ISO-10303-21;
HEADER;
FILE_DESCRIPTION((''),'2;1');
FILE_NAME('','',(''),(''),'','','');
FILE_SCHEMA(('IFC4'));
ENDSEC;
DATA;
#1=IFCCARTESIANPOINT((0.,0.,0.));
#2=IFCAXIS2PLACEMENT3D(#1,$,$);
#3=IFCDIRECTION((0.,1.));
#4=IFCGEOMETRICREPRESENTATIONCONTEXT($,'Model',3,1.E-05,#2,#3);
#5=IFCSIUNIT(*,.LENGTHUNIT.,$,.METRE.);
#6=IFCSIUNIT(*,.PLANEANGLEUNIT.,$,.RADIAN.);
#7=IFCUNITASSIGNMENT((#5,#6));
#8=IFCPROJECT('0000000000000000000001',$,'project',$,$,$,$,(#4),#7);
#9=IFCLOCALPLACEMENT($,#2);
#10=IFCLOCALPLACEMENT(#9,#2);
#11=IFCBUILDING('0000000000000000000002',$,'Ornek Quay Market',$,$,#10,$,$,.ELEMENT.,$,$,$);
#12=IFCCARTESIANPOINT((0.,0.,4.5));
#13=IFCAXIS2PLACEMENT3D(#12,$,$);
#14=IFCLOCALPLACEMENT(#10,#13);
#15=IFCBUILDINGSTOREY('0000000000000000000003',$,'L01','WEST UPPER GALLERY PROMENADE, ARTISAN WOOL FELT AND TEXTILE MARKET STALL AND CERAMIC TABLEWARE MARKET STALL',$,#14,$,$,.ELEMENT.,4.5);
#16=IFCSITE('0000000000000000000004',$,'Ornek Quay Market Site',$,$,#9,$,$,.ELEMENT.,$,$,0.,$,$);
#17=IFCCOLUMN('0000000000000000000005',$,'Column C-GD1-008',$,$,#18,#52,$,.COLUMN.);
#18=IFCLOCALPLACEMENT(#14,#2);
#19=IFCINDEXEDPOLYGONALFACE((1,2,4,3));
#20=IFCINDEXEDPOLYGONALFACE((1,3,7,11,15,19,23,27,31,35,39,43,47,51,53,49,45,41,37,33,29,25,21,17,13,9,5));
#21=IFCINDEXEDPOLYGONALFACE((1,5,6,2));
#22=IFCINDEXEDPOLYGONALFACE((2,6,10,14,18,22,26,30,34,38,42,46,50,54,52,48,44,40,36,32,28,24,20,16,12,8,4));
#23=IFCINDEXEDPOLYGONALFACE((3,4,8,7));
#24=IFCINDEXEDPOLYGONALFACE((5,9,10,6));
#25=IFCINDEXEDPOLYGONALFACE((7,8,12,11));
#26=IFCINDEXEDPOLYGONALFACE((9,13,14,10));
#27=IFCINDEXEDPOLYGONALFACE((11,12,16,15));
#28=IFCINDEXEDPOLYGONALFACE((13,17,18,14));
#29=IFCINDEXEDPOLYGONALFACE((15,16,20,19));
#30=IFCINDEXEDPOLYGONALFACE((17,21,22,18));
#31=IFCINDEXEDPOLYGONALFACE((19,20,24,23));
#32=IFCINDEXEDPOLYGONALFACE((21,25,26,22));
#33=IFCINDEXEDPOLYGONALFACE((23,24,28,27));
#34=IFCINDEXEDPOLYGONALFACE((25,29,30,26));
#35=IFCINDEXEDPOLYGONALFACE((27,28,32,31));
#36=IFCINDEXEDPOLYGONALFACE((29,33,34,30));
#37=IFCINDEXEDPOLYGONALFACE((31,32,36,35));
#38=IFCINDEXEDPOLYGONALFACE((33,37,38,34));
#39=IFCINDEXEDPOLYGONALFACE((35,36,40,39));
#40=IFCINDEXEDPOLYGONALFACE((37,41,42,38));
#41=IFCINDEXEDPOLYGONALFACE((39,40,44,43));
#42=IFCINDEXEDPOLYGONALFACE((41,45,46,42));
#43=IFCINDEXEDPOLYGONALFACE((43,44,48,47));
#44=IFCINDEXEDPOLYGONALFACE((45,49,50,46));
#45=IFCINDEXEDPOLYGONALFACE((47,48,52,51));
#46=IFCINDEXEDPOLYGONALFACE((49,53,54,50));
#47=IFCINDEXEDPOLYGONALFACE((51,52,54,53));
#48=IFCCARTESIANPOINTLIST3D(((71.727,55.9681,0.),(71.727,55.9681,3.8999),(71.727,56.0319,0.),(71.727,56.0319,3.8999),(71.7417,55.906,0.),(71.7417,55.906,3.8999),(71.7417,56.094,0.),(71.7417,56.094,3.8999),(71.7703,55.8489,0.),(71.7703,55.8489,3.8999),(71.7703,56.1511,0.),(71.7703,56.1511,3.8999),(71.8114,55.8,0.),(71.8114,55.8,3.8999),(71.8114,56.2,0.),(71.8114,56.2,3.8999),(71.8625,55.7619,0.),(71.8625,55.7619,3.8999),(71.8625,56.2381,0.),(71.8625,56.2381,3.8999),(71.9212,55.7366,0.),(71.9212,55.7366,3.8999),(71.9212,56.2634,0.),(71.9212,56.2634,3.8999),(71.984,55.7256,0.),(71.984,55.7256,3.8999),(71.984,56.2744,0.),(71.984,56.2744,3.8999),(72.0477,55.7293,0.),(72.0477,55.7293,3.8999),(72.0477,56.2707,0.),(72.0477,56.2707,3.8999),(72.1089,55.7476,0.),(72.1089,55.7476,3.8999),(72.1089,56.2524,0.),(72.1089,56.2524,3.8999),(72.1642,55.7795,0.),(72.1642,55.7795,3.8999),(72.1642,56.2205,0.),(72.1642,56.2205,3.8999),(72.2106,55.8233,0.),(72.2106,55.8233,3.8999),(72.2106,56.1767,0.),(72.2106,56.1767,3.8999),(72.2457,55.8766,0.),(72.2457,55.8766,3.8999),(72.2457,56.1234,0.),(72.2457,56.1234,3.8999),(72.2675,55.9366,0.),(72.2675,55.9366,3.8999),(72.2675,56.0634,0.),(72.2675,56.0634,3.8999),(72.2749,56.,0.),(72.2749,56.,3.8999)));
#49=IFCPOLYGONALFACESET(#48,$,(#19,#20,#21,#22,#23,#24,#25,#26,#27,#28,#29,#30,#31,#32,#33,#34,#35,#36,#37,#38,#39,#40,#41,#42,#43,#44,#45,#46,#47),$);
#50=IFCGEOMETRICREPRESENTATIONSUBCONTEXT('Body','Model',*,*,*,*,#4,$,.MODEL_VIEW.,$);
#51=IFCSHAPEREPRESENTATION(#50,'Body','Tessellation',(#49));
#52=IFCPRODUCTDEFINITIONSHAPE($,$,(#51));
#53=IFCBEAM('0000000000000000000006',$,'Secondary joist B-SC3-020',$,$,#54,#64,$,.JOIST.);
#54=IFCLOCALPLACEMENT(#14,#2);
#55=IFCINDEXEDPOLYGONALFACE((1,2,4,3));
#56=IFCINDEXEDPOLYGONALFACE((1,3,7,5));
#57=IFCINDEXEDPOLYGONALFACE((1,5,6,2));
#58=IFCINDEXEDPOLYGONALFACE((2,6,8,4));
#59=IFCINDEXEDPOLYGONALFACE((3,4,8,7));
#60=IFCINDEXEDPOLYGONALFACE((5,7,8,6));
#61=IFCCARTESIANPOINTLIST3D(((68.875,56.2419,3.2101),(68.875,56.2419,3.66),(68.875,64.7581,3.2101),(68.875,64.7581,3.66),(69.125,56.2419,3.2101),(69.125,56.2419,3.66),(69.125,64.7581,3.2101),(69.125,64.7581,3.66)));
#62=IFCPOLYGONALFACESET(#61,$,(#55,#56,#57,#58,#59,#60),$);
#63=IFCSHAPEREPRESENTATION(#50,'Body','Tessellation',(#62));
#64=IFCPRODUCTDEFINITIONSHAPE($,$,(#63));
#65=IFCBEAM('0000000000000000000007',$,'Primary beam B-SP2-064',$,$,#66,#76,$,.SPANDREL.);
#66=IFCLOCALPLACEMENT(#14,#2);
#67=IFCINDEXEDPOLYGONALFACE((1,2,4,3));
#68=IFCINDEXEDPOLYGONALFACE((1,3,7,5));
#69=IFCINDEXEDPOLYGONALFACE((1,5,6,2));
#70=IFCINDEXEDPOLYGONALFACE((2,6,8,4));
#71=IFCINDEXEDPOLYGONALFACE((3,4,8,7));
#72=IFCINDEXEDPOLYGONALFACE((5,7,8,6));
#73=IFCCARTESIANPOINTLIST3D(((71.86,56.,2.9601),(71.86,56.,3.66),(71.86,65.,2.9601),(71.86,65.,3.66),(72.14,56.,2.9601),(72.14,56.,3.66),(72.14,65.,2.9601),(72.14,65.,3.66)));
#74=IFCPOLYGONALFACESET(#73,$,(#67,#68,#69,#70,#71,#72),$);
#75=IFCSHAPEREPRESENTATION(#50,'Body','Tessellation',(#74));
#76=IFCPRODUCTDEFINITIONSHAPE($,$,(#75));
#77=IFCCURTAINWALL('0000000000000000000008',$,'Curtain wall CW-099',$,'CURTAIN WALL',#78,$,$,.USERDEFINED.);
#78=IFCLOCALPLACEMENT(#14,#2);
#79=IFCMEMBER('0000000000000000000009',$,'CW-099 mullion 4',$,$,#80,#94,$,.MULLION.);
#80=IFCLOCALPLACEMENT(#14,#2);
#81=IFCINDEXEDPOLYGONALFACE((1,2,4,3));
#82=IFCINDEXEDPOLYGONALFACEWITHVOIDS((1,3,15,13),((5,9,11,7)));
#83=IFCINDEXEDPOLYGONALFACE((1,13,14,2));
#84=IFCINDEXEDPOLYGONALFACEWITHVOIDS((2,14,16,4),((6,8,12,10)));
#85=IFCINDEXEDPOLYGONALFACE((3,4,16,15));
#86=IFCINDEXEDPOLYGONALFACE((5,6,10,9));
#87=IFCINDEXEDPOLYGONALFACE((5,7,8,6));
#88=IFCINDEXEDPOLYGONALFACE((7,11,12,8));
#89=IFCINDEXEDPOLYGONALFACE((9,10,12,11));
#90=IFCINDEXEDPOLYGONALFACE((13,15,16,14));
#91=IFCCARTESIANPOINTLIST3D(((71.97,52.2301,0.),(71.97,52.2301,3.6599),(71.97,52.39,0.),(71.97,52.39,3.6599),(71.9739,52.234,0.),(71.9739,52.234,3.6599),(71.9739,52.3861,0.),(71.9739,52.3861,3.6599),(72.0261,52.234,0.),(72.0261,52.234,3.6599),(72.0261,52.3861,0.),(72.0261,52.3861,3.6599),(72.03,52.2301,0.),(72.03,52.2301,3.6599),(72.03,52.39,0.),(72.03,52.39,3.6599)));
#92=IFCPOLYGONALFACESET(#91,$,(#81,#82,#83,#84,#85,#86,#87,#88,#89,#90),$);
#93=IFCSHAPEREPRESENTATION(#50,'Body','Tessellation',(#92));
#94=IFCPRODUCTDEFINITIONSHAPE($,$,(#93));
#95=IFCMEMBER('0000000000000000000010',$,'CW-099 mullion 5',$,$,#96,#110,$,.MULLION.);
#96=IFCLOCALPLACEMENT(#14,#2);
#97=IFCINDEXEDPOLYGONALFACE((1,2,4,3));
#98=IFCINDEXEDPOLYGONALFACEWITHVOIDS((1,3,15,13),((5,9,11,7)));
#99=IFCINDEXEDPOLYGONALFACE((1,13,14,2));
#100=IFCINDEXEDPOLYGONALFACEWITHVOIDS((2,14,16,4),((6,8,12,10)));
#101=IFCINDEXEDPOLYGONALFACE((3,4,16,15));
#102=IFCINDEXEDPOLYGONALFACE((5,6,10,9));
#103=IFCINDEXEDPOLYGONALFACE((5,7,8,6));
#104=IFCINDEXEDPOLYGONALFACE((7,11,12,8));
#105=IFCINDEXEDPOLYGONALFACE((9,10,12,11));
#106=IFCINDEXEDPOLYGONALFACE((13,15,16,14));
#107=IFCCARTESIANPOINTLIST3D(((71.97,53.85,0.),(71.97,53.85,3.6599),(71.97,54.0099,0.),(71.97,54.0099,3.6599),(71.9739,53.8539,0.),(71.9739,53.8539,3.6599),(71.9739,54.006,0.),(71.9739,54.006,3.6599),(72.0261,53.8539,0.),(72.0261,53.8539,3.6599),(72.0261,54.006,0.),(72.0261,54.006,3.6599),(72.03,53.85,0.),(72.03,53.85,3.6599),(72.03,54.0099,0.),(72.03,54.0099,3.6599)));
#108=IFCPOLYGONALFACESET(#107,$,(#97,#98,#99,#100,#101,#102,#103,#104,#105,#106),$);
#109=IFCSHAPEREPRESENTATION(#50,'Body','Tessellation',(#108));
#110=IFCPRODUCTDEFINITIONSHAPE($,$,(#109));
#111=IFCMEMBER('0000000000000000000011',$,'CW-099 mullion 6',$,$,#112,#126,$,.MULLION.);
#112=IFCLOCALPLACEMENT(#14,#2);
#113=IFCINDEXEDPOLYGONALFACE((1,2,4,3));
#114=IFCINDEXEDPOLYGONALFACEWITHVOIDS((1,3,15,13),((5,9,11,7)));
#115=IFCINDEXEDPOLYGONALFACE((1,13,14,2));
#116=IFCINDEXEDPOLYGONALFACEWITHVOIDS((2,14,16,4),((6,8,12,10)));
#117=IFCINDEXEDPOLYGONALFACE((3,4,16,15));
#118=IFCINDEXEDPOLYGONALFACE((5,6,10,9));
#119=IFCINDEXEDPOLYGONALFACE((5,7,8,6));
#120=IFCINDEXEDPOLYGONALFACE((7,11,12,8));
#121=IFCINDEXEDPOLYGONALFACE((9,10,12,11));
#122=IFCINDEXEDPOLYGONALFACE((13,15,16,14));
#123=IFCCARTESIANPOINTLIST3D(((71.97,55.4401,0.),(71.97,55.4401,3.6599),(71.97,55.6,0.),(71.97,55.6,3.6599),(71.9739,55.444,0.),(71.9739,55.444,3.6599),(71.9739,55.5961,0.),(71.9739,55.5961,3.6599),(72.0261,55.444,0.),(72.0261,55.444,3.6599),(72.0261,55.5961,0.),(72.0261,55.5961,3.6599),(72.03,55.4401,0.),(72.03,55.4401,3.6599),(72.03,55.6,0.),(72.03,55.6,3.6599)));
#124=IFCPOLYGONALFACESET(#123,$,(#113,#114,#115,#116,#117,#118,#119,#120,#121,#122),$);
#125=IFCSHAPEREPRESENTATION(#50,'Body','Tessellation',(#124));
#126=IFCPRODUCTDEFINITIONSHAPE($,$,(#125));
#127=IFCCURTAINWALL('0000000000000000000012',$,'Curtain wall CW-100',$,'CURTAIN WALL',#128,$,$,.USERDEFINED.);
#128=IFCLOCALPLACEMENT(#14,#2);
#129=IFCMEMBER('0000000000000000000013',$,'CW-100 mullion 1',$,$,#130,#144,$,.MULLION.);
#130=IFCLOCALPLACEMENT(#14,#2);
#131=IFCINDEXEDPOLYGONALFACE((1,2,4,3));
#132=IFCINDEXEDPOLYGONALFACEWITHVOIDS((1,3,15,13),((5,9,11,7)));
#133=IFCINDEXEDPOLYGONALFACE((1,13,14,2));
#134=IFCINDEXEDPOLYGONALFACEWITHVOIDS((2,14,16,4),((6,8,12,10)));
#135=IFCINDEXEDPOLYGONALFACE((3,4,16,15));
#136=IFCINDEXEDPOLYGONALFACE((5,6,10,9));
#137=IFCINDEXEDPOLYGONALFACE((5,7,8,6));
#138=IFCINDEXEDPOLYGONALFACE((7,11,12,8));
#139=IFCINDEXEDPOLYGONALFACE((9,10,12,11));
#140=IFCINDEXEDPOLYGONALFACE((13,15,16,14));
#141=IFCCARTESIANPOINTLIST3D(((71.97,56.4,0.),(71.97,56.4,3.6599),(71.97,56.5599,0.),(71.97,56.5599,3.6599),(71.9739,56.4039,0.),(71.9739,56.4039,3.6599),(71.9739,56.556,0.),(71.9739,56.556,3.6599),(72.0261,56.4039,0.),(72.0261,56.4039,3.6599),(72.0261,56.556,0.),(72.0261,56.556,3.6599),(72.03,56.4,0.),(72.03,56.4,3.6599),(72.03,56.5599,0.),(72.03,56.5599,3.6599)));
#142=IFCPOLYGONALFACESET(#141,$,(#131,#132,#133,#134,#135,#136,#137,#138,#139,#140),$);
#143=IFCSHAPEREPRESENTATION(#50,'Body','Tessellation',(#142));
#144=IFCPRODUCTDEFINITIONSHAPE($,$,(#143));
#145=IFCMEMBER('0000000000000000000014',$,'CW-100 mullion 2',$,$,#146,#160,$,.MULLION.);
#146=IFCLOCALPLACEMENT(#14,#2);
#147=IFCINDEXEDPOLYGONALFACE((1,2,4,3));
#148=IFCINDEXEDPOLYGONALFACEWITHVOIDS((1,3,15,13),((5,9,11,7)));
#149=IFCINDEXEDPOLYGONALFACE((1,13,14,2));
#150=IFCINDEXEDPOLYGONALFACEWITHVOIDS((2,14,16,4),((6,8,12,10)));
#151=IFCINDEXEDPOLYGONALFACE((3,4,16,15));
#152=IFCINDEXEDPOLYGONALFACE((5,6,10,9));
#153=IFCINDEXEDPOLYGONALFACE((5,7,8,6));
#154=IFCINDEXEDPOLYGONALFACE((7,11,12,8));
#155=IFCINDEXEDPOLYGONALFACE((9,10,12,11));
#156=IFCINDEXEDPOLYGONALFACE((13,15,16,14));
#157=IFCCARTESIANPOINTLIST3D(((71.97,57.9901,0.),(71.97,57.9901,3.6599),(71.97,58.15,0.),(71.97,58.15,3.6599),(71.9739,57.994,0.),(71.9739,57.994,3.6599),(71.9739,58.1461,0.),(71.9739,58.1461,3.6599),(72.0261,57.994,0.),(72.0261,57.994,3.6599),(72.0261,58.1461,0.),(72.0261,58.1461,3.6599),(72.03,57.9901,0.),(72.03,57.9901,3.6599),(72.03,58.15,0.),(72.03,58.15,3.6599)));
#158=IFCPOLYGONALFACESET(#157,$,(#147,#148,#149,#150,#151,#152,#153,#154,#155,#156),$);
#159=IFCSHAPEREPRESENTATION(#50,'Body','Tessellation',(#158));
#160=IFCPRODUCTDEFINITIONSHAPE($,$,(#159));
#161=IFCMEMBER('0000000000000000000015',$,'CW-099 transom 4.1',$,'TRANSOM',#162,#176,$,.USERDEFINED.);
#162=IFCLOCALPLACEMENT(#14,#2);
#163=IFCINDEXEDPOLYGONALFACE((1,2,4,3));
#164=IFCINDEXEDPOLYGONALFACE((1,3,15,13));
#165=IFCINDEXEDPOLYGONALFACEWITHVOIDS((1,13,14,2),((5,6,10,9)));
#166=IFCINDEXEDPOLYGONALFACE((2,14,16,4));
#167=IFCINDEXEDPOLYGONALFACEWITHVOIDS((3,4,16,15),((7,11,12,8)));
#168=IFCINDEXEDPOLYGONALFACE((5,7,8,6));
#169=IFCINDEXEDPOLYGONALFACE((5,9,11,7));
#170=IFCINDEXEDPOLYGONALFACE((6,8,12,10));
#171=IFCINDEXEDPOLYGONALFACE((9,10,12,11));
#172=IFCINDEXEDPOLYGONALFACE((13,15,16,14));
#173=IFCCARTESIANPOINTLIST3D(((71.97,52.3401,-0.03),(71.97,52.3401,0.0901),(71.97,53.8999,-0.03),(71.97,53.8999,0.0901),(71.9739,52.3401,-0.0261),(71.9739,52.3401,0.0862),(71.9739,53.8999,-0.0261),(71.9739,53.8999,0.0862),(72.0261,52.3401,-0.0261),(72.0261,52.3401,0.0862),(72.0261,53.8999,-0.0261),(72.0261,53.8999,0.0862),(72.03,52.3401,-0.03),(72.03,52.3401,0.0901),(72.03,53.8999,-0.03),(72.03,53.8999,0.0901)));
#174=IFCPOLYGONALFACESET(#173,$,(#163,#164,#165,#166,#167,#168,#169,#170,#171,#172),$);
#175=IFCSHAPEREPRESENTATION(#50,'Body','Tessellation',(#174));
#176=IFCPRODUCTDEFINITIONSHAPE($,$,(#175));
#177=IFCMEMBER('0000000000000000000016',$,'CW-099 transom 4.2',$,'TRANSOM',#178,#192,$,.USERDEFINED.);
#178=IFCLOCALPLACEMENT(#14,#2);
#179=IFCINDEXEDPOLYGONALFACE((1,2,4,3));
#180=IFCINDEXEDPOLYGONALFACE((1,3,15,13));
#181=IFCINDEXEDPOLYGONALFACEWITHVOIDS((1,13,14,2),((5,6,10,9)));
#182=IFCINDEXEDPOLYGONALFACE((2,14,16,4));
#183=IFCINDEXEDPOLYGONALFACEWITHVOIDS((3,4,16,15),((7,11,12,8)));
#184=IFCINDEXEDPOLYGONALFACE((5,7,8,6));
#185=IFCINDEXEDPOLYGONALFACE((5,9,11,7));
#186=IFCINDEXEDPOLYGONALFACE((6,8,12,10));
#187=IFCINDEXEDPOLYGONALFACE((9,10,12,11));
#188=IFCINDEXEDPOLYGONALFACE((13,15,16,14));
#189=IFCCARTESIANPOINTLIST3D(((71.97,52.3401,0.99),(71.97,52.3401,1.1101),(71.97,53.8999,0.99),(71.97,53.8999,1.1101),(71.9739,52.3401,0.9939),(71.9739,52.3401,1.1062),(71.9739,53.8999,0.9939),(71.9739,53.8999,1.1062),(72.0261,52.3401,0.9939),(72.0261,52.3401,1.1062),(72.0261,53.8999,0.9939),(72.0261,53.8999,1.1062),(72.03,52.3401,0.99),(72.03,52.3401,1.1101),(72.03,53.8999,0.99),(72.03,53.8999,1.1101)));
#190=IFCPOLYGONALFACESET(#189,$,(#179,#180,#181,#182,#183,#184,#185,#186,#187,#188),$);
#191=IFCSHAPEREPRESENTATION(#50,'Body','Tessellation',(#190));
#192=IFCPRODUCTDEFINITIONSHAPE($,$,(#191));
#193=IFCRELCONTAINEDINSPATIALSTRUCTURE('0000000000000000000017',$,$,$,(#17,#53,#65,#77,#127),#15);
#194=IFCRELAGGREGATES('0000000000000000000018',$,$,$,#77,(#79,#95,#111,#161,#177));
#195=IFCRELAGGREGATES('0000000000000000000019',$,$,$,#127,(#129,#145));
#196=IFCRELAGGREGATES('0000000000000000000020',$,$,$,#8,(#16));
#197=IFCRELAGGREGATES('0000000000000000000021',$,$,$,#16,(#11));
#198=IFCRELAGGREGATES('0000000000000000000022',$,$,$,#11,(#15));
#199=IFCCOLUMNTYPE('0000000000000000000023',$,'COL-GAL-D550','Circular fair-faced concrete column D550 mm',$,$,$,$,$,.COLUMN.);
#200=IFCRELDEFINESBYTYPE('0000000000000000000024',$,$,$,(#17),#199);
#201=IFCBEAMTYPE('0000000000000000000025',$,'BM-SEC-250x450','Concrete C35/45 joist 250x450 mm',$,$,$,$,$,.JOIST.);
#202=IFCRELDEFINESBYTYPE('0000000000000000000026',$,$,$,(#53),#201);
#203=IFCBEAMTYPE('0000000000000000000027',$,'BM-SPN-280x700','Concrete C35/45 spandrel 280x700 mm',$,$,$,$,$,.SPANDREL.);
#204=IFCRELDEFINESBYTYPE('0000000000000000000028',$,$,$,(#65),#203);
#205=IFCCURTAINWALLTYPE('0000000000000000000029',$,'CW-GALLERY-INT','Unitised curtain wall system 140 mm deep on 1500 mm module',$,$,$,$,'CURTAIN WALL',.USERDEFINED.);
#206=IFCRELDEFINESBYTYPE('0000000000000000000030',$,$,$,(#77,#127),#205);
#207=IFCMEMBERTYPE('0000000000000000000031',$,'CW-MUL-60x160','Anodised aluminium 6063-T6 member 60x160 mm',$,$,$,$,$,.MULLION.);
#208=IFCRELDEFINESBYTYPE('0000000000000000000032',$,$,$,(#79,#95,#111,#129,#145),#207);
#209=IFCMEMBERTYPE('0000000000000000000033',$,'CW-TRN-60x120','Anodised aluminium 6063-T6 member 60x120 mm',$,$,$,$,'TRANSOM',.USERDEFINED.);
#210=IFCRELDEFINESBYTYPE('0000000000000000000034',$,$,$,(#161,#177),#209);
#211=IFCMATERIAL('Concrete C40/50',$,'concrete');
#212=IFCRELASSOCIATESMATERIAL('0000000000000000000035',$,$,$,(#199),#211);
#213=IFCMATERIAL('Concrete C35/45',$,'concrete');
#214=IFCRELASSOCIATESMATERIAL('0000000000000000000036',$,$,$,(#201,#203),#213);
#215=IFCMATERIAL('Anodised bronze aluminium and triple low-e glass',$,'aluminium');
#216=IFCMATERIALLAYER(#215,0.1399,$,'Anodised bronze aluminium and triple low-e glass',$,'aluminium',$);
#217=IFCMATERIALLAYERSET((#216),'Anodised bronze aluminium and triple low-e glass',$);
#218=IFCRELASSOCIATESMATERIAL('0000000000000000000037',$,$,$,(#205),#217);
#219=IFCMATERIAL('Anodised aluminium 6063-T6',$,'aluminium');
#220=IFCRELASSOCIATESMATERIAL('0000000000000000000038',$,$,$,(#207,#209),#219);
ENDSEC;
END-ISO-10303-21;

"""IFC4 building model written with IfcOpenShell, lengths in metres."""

from ifc_helpers import new_model, si_unit, direction, frame, origin, origin_2d, place, context, subcontext, project, spatial, rectangle, hollow_rectangle, circle, extrude, material, layer, layer_set, material_profile, profile_set, type_object, element, aggregate, save


model = new_model("IFC4")

# Units and contexts
model_context = context("Model", 3, precision=1e-05, world=origin(), true_north=direction((0.0, 1.0)))
body_context = subcontext(model_context, "Body", "Model", "MODEL_VIEW")
ifc_project = project(units=[si_unit("LENGTHUNIT", "METRE"), si_unit("PLANEANGLEUNIT", "RADIAN")], contexts=[model_context])

# Site, building, storey
site_placement = place(None, origin())
site = spatial("IfcSite", under=ifc_project, at=site_placement, Name="Ornek Quay Market Site", CompositionType="ELEMENT", RefElevation=0.0)
building_placement = place(site_placement, origin())
building = spatial("IfcBuilding", under=site, at=building_placement, Name="Ornek Quay Market", CompositionType="ELEMENT")
storey_placement = place(building_placement, frame((0.0, 0.0, 4.5)))
storey = spatial("IfcBuildingStorey", under=building, at=storey_placement, Name="L01", Description="WEST UPPER GALLERY PROMENADE, ARTISAN WOOL FELT AND TEXTILE MARKET STALL AND CERAMIC TABLEWARE MARKET STALL", CompositionType="ELEMENT", Elevation=4.5)

# Column
ifc_material_1 = material(Name="Concrete C40/50", Category="concrete")
ifc_material_profile_1 = material_profile(ifc_material_1, circle(Radius=0.2749, at=origin_2d()), Name="RC D550", Category="concrete")
ifc_profile_set_1 = profile_set([ifc_material_profile_1], Name="Concrete C40/50")
column_type = type_object("IfcColumnType", Name="COL-GAL-D550", Description="Circular fair-faced concrete column D550 mm", PredefinedType="COLUMN", material=ifc_profile_set_1)
column_placement = place(storey_placement, frame((72.0, 56.0, 0.0), z_axis=(0.0, 0.0, 1.0), x_axis=(1.0, 0.0, 0.0)))
element("IfcColumn", 1, at=column_placement, inside=storey, type_object=column_type, Name="Column C-GD1-008", PredefinedType="COLUMN", context=body_context, shape_type="SweptSolid", body=[
    extrude(circle(Radius=0.2749, at=origin_2d()), origin(), (0.0, 0.0, 1.0), 3.8999),
])

# Beams
ifc_material_2 = material(Name="Concrete C35/45", Category="concrete")
ifc_material_profile_2 = material_profile(ifc_material_2, rectangle(XDim=0.25, YDim=0.45, at=origin_2d()), Name="RC 250x450", Category="concrete")
ifc_profile_set_2 = profile_set([ifc_material_profile_2], Name="Concrete C35/45")
beam_type_1 = type_object("IfcBeamType", Name="BM-SEC-250x450", Description="Concrete C35/45 joist 250x450 mm", PredefinedType="JOIST", material=ifc_profile_set_2)
beam_1_placement = place(storey_placement, frame((69.0, 56.2419, 3.4351), z_axis=(0.0, 1.0, 0.0), x_axis=(-1.0, 0.0, 0.0)))
element("IfcBeam", 2, at=beam_1_placement, inside=storey, type_object=beam_type_1, Name="Secondary joist B-SC3-020", PredefinedType="JOIST", context=body_context, shape_type="SweptSolid", body=[
    extrude(rectangle(XDim=0.25, YDim=0.45, at=origin_2d()), origin(), (0.0, 0.0, 1.0), 8.5161),
])
ifc_material_profile_3 = material_profile(ifc_material_2, rectangle(XDim=0.28, YDim=0.7, at=origin_2d()), Name="RC 280x700", Category="concrete")
ifc_profile_set_3 = profile_set([ifc_material_profile_3], Name="Concrete C35/45")
beam_type_2 = type_object("IfcBeamType", Name="BM-SPN-280x700", Description="Concrete C35/45 spandrel 280x700 mm", PredefinedType="SPANDREL", material=ifc_profile_set_3)
beam_2_placement = place(storey_placement, frame((72.0, 56.0, 3.3101), z_axis=(0.0, 1.0, 0.0), x_axis=(-1.0, 0.0, 0.0)))
element("IfcBeam", 3, at=beam_2_placement, inside=storey, type_object=beam_type_2, Name="Primary beam B-SP2-064", PredefinedType="SPANDREL", context=body_context, shape_type="SweptSolid", body=[
    extrude(rectangle(XDim=0.28, YDim=0.7, at=origin_2d()), origin(), (0.0, 0.0, 1.0), 9.0),
])

# Curtain walls, members
ifc_material_3 = material(Name="Anodised bronze aluminium and triple low-e glass", Category="aluminium")
ifc_layer_1 = layer(ifc_material_3, 0.1399, Name="Anodised bronze aluminium and triple low-e glass", Category="aluminium")
ifc_layer_set_1 = layer_set([ifc_layer_1], Name="Anodised bronze aluminium and triple low-e glass")
curtain_wall_type = type_object("IfcCurtainWallType", Name="CW-GALLERY-INT", Description="Unitised curtain wall system 140 mm deep on 1500 mm module", ElementType="CURTAIN WALL", PredefinedType="USERDEFINED", material=ifc_layer_set_1)
curtain_wall_1_placement = place(storey_placement, origin())
curtain_wall_1 = element("IfcCurtainWall", 4, at=curtain_wall_1_placement, inside=storey, type_object=curtain_wall_type, Name="Curtain wall CW-099", ObjectType="CURTAIN WALL", PredefinedType="USERDEFINED")
ifc_material_4 = material(Name="Anodised aluminium 6063-T6", Category="aluminium")
ifc_material_profile_4 = material_profile(ifc_material_4, hollow_rectangle(XDim=0.0601, YDim=0.1599, WallThickness=0.0039, at=origin_2d()), Name="CW-MUL-60x160", Category="aluminium")
ifc_profile_set_4 = profile_set([ifc_material_profile_4], Name="Anodised aluminium 6063-T6")
member_type_1 = type_object("IfcMemberType", Name="CW-MUL-60x160", Description="Anodised aluminium 6063-T6 member 60x160 mm", PredefinedType="MULLION", material=ifc_profile_set_4)
member_1_placement = place(storey_placement, frame((72.0, 52.3101, 0.0), z_axis=(0.0, 0.0, 1.0), x_axis=(-1.0, 0.0, 0.0)))
member_1 = element("IfcMember", 5, at=member_1_placement, type_object=member_type_1, Name="CW-099 mullion 4", PredefinedType="MULLION", context=body_context, shape_type="SweptSolid", body=[
    extrude(hollow_rectangle(XDim=0.0601, YDim=0.1599, WallThickness=0.0039, at=origin_2d()), origin(), (0.0, 0.0, 1.0), 3.6599),
])
member_2_placement = place(storey_placement, frame((72.0, 53.9299, 0.0), z_axis=(0.0, 0.0, 1.0), x_axis=(-1.0, 0.0, 0.0)))
member_2 = element("IfcMember", 6, at=member_2_placement, type_object=member_type_1, Name="CW-099 mullion 5", PredefinedType="MULLION", context=body_context, shape_type="SweptSolid", body=[
    extrude(hollow_rectangle(XDim=0.0601, YDim=0.1599, WallThickness=0.0039, at=origin_2d()), origin(), (0.0, 0.0, 1.0), 3.6599),
])
member_3_placement = place(storey_placement, frame((72.0, 55.52, 0.0), z_axis=(0.0, 0.0, 1.0), x_axis=(-1.0, 0.0, 0.0)))
member_3 = element("IfcMember", 7, at=member_3_placement, type_object=member_type_1, Name="CW-099 mullion 6", PredefinedType="MULLION", context=body_context, shape_type="SweptSolid", body=[
    extrude(hollow_rectangle(XDim=0.0601, YDim=0.1599, WallThickness=0.0039, at=origin_2d()), origin(), (0.0, 0.0, 1.0), 3.6599),
])
curtain_wall_2_placement = place(storey_placement, origin())
curtain_wall_2 = element("IfcCurtainWall", 8, at=curtain_wall_2_placement, inside=storey, type_object=curtain_wall_type, Name="Curtain wall CW-100", ObjectType="CURTAIN WALL", PredefinedType="USERDEFINED")
member_4_placement = place(storey_placement, frame((72.0, 56.48, 0.0), z_axis=(0.0, 0.0, 1.0), x_axis=(-1.0, 0.0, 0.0)))
member_4 = element("IfcMember", 9, at=member_4_placement, type_object=member_type_1, Name="CW-100 mullion 1", PredefinedType="MULLION", context=body_context, shape_type="SweptSolid", body=[
    extrude(hollow_rectangle(XDim=0.0601, YDim=0.1599, WallThickness=0.0039, at=origin_2d()), origin(), (0.0, 0.0, 1.0), 3.6599),
])
member_5_placement = place(storey_placement, frame((72.0, 58.0701, 0.0), z_axis=(0.0, 0.0, 1.0), x_axis=(-1.0, 0.0, 0.0)))
member_5 = element("IfcMember", 10, at=member_5_placement, type_object=member_type_1, Name="CW-100 mullion 2", PredefinedType="MULLION", context=body_context, shape_type="SweptSolid", body=[
    extrude(hollow_rectangle(XDim=0.0601, YDim=0.1599, WallThickness=0.0039, at=origin_2d()), origin(), (0.0, 0.0, 1.0), 3.6599),
])

# Members
ifc_material_profile_5 = material_profile(ifc_material_4, hollow_rectangle(XDim=0.0601, YDim=0.1201, WallThickness=0.0039, at=origin_2d()), Name="CW-TRN-60x120", Category="aluminium")
ifc_profile_set_5 = profile_set([ifc_material_profile_5], Name="Anodised aluminium 6063-T6")
member_type_2 = type_object("IfcMemberType", Name="CW-TRN-60x120", Description="Anodised aluminium 6063-T6 member 60x120 mm", ElementType="TRANSOM", PredefinedType="USERDEFINED", material=ifc_profile_set_5)
member_6_placement = place(storey_placement, frame((72.0, 52.3401, 0.03), z_axis=(0.0, 1.0, 0.0), x_axis=(-1.0, 0.0, 0.0)))
member_6 = element("IfcMember", 11, at=member_6_placement, type_object=member_type_2, Name="CW-099 transom 4.1", ObjectType="TRANSOM", PredefinedType="USERDEFINED", context=body_context, shape_type="SweptSolid", body=[
    extrude(hollow_rectangle(XDim=0.0601, YDim=0.1201, WallThickness=0.0039, at=origin_2d()), origin(), (0.0, 0.0, 1.0), 1.5598),
])
member_7_placement = place(storey_placement, frame((72.0, 52.3401, 1.05), z_axis=(0.0, 1.0, 0.0), x_axis=(-1.0, 0.0, 0.0)))
member_7 = element("IfcMember", 12, at=member_7_placement, type_object=member_type_2, Name="CW-099 transom 4.2", ObjectType="TRANSOM", PredefinedType="USERDEFINED", context=body_context, shape_type="SweptSolid", body=[
    extrude(hollow_rectangle(XDim=0.0601, YDim=0.1201, WallThickness=0.0039, at=origin_2d()), origin(), (0.0, 0.0, 1.0), 1.5598),
])

aggregate(curtain_wall_1, [member_1, member_2, member_3, member_6, member_7])
aggregate(curtain_wall_2, [member_4, member_5])

save(model, "model.ifc")
